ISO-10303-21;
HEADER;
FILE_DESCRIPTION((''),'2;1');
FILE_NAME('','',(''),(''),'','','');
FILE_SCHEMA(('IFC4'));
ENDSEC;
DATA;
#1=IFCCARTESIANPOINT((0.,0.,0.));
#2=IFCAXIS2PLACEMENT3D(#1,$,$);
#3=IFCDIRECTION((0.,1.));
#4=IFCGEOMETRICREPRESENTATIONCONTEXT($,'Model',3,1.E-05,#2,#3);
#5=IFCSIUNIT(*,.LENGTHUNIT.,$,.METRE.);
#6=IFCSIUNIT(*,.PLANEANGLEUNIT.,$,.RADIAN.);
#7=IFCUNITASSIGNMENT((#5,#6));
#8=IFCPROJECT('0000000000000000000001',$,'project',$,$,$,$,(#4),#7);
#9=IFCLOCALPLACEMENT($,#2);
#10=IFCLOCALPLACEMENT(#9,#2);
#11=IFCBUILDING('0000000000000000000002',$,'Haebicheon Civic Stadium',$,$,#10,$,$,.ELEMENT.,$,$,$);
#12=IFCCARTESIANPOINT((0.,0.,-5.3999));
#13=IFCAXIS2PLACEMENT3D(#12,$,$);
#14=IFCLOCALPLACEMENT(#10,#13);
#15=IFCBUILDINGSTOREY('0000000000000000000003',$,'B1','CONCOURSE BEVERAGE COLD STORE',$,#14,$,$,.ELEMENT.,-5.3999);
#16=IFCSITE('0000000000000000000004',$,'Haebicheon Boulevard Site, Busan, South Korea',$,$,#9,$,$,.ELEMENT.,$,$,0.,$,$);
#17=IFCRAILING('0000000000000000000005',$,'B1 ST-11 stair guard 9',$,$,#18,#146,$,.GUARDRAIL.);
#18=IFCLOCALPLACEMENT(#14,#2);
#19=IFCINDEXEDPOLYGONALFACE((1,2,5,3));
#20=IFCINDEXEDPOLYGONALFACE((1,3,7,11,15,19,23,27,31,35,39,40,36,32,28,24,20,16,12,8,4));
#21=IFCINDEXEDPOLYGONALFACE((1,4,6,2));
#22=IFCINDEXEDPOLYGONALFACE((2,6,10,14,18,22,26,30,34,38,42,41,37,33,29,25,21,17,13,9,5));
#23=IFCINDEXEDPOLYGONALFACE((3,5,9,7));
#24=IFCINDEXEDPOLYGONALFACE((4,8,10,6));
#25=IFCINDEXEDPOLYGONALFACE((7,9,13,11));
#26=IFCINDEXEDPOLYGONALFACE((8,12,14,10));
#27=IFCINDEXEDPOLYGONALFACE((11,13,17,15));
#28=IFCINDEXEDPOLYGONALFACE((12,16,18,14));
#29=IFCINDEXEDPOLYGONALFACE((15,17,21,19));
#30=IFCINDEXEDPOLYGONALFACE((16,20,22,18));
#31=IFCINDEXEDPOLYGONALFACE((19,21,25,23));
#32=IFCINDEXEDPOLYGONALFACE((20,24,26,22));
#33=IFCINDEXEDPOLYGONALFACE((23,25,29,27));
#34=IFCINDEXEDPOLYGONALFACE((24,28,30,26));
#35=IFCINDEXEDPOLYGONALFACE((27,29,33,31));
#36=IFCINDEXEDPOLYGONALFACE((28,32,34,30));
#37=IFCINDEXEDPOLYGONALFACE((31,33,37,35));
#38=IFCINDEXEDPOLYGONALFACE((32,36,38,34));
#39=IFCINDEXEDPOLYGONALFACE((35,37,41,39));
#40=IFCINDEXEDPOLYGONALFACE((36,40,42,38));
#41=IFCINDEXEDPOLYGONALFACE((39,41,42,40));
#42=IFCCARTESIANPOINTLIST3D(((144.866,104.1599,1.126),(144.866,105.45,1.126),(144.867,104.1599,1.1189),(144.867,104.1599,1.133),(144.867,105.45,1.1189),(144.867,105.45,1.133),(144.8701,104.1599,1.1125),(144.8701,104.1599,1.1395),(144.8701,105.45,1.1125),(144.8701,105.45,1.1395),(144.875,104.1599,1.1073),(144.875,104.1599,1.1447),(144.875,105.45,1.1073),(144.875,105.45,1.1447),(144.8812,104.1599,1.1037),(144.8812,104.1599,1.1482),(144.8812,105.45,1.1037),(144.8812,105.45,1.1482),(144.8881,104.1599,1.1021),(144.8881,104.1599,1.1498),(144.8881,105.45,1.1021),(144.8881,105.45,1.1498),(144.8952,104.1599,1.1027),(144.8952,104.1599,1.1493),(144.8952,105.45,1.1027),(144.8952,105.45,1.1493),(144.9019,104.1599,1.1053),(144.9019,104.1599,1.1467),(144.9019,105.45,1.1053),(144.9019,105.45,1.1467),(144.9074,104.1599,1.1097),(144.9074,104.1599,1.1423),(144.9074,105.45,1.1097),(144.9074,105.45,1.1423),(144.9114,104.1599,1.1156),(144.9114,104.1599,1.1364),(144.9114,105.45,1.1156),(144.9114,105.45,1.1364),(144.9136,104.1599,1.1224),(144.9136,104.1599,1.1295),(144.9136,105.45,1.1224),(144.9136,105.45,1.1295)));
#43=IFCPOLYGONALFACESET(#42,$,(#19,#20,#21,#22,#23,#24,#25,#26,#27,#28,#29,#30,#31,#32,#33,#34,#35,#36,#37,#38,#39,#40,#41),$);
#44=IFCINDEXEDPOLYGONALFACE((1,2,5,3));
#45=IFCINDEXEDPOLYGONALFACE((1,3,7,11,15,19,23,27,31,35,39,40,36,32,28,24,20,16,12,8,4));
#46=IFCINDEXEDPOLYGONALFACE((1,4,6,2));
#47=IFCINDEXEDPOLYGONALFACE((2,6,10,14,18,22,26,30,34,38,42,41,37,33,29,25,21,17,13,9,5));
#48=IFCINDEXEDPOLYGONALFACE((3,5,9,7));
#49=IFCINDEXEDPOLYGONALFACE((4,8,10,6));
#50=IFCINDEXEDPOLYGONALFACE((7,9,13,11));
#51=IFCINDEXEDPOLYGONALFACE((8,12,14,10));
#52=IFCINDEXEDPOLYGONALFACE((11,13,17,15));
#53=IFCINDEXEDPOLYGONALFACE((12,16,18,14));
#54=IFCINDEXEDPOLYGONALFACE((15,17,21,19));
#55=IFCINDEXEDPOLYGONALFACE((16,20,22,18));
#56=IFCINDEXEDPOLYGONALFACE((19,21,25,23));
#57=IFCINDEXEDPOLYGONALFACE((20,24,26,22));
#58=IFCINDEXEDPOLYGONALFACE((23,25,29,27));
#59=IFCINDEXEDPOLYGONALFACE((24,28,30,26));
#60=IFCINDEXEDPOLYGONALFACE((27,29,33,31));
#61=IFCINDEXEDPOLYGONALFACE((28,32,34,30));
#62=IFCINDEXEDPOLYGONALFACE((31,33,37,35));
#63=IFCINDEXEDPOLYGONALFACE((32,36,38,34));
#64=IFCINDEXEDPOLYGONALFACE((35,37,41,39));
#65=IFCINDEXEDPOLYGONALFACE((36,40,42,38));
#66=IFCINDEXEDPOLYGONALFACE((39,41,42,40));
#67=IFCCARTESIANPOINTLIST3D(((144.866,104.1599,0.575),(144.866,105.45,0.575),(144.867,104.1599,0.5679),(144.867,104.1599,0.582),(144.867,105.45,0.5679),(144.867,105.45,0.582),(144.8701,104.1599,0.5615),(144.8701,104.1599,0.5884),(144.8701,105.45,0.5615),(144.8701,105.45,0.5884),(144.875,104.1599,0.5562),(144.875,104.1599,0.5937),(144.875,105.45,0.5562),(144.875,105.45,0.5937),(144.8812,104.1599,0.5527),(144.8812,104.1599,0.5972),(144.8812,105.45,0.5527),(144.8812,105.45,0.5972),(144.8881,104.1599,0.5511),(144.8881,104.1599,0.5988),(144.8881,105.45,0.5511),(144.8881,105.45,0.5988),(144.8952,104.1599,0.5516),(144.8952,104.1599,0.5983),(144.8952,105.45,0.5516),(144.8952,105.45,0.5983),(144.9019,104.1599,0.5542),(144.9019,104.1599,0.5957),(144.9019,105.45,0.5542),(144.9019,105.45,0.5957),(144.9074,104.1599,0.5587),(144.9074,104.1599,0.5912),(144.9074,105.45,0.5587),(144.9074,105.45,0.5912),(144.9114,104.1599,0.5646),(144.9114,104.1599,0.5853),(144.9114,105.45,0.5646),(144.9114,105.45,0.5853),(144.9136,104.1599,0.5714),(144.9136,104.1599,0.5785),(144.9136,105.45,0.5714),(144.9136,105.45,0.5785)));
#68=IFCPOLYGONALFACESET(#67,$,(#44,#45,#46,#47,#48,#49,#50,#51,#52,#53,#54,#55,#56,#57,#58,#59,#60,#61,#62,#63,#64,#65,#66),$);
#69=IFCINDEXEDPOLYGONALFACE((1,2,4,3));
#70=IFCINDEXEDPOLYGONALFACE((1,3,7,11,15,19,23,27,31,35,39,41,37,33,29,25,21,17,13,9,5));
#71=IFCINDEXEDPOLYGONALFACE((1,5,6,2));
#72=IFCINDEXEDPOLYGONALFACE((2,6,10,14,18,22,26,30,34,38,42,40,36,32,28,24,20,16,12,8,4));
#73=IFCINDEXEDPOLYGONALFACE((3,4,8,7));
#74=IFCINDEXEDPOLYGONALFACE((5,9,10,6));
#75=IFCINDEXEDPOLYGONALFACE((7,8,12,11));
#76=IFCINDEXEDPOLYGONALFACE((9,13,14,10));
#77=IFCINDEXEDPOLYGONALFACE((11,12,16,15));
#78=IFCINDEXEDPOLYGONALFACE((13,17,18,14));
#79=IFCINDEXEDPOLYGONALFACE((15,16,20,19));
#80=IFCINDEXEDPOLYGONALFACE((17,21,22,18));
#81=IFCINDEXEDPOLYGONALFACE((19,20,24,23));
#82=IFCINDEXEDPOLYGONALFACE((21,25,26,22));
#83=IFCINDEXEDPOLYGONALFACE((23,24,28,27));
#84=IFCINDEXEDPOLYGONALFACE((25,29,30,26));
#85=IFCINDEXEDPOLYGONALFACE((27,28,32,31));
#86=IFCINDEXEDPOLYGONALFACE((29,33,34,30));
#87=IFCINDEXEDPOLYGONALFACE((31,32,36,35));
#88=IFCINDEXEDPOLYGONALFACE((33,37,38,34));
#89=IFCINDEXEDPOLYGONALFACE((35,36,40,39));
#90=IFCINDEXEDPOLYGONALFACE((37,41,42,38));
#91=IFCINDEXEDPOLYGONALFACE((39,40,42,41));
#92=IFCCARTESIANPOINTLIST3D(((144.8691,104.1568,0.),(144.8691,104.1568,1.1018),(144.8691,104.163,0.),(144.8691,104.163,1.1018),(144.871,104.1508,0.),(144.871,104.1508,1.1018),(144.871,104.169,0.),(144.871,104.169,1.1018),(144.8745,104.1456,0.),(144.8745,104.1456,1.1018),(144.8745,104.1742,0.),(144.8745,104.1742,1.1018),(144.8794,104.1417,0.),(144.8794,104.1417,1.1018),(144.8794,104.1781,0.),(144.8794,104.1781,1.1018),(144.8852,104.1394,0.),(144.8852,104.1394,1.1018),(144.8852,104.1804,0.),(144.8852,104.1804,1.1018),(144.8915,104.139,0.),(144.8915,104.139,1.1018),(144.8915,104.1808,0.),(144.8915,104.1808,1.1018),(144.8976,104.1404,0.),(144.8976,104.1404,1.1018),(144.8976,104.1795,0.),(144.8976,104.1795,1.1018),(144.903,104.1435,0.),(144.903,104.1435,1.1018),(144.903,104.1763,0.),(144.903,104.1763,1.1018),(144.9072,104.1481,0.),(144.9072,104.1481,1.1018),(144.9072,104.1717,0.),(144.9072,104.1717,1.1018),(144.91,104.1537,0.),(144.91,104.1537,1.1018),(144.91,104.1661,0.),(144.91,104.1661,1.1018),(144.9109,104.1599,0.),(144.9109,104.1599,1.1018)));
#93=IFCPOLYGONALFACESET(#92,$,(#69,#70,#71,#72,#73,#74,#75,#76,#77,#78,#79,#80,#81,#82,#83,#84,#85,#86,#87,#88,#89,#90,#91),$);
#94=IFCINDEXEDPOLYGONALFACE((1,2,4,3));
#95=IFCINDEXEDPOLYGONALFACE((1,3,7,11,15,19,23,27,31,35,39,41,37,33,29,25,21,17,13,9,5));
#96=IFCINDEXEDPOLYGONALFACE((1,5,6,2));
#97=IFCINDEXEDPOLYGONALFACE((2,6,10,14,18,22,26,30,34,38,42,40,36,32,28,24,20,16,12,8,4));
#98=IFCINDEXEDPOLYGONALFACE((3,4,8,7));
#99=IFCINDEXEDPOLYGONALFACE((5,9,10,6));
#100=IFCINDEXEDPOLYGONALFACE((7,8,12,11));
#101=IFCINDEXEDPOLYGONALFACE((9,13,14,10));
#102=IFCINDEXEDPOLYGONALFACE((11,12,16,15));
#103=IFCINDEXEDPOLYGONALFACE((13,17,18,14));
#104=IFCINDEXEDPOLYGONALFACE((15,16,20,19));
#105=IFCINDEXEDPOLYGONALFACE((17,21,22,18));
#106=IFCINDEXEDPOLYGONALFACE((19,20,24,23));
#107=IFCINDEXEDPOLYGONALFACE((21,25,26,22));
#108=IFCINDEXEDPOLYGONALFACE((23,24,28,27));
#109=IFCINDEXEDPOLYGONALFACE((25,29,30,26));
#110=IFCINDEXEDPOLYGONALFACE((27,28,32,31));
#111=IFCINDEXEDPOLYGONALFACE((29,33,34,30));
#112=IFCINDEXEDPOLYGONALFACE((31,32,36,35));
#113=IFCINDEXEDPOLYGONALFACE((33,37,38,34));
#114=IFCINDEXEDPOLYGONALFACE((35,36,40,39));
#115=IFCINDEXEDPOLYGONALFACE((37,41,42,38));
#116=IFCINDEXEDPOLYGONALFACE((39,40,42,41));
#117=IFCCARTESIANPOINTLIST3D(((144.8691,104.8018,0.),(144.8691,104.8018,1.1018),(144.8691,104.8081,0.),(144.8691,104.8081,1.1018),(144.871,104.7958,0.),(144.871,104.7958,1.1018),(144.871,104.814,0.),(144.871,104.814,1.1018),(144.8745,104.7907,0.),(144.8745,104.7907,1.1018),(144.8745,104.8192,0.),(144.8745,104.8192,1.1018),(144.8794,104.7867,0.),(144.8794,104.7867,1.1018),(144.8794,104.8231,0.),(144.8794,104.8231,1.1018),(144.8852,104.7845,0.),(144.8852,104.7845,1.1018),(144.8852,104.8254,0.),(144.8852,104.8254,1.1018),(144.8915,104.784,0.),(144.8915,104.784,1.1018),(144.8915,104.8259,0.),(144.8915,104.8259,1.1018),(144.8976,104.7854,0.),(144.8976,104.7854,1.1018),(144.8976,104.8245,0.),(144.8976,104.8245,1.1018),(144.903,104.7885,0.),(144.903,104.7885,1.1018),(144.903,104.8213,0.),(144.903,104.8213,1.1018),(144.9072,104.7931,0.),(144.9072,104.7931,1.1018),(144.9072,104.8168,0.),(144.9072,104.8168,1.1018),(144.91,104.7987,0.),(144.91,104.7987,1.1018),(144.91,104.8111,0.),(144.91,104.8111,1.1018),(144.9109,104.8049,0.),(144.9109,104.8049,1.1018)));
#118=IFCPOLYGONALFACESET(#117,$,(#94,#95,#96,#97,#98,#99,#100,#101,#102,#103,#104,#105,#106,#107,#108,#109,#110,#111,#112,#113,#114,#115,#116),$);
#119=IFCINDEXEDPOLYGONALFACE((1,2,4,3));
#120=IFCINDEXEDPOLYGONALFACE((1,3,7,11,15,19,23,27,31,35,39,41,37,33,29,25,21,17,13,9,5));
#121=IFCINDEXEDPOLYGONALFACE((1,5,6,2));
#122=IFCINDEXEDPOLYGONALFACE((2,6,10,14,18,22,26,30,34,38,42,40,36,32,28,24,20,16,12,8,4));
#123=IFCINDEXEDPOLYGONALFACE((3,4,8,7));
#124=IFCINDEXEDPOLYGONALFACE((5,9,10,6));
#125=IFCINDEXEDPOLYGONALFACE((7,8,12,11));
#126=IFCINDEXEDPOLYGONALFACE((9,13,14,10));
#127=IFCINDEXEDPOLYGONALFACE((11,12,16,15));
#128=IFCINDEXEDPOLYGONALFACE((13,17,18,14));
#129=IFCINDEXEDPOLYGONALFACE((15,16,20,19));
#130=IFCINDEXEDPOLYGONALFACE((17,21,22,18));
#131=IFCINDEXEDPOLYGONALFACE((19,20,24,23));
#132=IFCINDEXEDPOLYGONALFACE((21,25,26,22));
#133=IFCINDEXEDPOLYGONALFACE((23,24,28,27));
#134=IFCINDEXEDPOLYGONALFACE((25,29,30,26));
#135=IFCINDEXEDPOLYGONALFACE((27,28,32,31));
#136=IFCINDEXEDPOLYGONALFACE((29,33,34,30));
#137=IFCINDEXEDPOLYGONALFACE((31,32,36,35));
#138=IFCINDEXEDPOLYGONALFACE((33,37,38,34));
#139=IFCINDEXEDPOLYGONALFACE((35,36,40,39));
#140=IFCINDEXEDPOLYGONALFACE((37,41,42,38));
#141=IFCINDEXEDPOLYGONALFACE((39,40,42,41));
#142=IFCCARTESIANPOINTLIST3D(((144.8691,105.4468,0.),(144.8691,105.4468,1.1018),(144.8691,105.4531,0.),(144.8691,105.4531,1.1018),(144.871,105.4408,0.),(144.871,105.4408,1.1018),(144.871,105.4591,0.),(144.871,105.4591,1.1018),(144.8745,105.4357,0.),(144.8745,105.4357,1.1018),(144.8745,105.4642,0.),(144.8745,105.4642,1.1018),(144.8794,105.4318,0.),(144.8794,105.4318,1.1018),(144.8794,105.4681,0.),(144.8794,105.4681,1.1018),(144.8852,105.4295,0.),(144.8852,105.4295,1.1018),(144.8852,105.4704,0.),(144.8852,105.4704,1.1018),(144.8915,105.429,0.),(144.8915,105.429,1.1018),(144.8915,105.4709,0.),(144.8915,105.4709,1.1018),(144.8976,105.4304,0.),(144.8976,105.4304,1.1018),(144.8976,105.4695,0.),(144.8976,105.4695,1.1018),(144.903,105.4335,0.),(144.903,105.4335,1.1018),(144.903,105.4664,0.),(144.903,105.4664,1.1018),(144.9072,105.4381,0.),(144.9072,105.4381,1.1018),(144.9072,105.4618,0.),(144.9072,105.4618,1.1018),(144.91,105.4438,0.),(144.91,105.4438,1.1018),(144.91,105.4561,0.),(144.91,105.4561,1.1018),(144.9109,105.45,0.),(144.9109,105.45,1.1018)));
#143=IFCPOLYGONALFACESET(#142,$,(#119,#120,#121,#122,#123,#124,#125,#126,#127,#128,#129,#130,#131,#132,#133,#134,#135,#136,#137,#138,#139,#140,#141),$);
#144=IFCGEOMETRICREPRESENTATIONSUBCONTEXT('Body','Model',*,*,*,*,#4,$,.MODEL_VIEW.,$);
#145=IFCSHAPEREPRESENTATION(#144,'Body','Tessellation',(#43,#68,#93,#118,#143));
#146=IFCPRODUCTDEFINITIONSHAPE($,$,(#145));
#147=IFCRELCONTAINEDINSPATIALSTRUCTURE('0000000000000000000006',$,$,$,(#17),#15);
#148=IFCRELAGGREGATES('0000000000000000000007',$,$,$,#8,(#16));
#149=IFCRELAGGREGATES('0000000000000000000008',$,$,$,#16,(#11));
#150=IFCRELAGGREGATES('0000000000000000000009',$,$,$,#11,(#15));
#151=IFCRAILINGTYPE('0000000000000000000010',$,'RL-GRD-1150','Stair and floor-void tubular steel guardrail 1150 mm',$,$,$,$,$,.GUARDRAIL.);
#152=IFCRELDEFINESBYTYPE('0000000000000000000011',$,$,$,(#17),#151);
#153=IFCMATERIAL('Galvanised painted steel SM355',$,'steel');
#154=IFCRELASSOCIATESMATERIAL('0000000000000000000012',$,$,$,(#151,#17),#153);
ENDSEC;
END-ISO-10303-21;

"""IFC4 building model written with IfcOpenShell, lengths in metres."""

from ifc_helpers import new_model, si_unit, direction, frame, origin, origin_2d, place, context, subcontext, project, spatial, circle, extrude, material, type_object, element, save


model = new_model("IFC4")

# Units and contexts
model_context = context("Model", 3, precision=1e-05, world=origin(), true_north=direction((0.0, 1.0)))
body_context = subcontext(model_context, "Body", "Model", "MODEL_VIEW")
ifc_project = project(units=[si_unit("LENGTHUNIT", "METRE"), si_unit("PLANEANGLEUNIT", "RADIAN")], contexts=[model_context])

# Site, building, storey
site_placement = place(None, origin())
site = spatial("IfcSite", under=ifc_project, at=site_placement, Name="Haebicheon Boulevard Site, Busan, South Korea", CompositionType="ELEMENT", RefElevation=0.0)
building_placement = place(site_placement, origin())
building = spatial("IfcBuilding", under=site, at=building_placement, Name="Haebicheon Civic Stadium", CompositionType="ELEMENT")
storey_placement = place(building_placement, frame((0.0, 0.0, -5.3999)))
storey = spatial("IfcBuildingStorey", under=building, at=storey_placement, Name="B1", Description="CONCOURSE BEVERAGE COLD STORE", CompositionType="ELEMENT", Elevation=-5.3999)

# Railing
ifc_material_1 = material(Name="Galvanised painted steel SM355", Category="steel")
railing_type_1 = type_object("IfcRailingType", Name="RL-GRD-1150", Description="Stair and floor-void tubular steel guardrail 1150 mm", PredefinedType="GUARDRAIL", material=ifc_material_1)
railing_1_placement = place(storey_placement, frame((144.8899, 104.1599, 0.0)))
element("IfcRailing", 1, at=railing_1_placement, inside=storey, type_object=railing_type_1, material=ifc_material_1, Name="B1 ST-11 stair guard 9", PredefinedType="GUARDRAIL", context=body_context, shape_type="SweptSolid", body=[
    extrude(circle(Radius=0.0239, at=origin_2d()), frame((0.0, 0.0, 1.126), z_axis=(0.0, 1.0, 0.0), x_axis=(-1.0, 0.0, 0.0)), (0.0, 0.0, 1.0), 1.29),
    extrude(circle(Radius=0.0239, at=origin_2d()), frame((0.0, 0.0, 0.575), z_axis=(0.0, 1.0, 0.0), x_axis=(-1.0, 0.0, 0.0)), (0.0, 0.0, 1.0), 1.29),
    extrude(circle(Radius=0.021, at=origin_2d()), origin(), (0.0, 0.0, 1.0), 1.1018),
    extrude(circle(Radius=0.021, at=origin_2d()), frame((0.0, 0.645, 0.0)), (0.0, 0.0, 1.0), 1.1018),
    extrude(circle(Radius=0.021, at=origin_2d()), frame((0.0, 1.29, 0.0)), (0.0, 0.0, 1.0), 1.1018),
])

save(model, "model.ifc")
